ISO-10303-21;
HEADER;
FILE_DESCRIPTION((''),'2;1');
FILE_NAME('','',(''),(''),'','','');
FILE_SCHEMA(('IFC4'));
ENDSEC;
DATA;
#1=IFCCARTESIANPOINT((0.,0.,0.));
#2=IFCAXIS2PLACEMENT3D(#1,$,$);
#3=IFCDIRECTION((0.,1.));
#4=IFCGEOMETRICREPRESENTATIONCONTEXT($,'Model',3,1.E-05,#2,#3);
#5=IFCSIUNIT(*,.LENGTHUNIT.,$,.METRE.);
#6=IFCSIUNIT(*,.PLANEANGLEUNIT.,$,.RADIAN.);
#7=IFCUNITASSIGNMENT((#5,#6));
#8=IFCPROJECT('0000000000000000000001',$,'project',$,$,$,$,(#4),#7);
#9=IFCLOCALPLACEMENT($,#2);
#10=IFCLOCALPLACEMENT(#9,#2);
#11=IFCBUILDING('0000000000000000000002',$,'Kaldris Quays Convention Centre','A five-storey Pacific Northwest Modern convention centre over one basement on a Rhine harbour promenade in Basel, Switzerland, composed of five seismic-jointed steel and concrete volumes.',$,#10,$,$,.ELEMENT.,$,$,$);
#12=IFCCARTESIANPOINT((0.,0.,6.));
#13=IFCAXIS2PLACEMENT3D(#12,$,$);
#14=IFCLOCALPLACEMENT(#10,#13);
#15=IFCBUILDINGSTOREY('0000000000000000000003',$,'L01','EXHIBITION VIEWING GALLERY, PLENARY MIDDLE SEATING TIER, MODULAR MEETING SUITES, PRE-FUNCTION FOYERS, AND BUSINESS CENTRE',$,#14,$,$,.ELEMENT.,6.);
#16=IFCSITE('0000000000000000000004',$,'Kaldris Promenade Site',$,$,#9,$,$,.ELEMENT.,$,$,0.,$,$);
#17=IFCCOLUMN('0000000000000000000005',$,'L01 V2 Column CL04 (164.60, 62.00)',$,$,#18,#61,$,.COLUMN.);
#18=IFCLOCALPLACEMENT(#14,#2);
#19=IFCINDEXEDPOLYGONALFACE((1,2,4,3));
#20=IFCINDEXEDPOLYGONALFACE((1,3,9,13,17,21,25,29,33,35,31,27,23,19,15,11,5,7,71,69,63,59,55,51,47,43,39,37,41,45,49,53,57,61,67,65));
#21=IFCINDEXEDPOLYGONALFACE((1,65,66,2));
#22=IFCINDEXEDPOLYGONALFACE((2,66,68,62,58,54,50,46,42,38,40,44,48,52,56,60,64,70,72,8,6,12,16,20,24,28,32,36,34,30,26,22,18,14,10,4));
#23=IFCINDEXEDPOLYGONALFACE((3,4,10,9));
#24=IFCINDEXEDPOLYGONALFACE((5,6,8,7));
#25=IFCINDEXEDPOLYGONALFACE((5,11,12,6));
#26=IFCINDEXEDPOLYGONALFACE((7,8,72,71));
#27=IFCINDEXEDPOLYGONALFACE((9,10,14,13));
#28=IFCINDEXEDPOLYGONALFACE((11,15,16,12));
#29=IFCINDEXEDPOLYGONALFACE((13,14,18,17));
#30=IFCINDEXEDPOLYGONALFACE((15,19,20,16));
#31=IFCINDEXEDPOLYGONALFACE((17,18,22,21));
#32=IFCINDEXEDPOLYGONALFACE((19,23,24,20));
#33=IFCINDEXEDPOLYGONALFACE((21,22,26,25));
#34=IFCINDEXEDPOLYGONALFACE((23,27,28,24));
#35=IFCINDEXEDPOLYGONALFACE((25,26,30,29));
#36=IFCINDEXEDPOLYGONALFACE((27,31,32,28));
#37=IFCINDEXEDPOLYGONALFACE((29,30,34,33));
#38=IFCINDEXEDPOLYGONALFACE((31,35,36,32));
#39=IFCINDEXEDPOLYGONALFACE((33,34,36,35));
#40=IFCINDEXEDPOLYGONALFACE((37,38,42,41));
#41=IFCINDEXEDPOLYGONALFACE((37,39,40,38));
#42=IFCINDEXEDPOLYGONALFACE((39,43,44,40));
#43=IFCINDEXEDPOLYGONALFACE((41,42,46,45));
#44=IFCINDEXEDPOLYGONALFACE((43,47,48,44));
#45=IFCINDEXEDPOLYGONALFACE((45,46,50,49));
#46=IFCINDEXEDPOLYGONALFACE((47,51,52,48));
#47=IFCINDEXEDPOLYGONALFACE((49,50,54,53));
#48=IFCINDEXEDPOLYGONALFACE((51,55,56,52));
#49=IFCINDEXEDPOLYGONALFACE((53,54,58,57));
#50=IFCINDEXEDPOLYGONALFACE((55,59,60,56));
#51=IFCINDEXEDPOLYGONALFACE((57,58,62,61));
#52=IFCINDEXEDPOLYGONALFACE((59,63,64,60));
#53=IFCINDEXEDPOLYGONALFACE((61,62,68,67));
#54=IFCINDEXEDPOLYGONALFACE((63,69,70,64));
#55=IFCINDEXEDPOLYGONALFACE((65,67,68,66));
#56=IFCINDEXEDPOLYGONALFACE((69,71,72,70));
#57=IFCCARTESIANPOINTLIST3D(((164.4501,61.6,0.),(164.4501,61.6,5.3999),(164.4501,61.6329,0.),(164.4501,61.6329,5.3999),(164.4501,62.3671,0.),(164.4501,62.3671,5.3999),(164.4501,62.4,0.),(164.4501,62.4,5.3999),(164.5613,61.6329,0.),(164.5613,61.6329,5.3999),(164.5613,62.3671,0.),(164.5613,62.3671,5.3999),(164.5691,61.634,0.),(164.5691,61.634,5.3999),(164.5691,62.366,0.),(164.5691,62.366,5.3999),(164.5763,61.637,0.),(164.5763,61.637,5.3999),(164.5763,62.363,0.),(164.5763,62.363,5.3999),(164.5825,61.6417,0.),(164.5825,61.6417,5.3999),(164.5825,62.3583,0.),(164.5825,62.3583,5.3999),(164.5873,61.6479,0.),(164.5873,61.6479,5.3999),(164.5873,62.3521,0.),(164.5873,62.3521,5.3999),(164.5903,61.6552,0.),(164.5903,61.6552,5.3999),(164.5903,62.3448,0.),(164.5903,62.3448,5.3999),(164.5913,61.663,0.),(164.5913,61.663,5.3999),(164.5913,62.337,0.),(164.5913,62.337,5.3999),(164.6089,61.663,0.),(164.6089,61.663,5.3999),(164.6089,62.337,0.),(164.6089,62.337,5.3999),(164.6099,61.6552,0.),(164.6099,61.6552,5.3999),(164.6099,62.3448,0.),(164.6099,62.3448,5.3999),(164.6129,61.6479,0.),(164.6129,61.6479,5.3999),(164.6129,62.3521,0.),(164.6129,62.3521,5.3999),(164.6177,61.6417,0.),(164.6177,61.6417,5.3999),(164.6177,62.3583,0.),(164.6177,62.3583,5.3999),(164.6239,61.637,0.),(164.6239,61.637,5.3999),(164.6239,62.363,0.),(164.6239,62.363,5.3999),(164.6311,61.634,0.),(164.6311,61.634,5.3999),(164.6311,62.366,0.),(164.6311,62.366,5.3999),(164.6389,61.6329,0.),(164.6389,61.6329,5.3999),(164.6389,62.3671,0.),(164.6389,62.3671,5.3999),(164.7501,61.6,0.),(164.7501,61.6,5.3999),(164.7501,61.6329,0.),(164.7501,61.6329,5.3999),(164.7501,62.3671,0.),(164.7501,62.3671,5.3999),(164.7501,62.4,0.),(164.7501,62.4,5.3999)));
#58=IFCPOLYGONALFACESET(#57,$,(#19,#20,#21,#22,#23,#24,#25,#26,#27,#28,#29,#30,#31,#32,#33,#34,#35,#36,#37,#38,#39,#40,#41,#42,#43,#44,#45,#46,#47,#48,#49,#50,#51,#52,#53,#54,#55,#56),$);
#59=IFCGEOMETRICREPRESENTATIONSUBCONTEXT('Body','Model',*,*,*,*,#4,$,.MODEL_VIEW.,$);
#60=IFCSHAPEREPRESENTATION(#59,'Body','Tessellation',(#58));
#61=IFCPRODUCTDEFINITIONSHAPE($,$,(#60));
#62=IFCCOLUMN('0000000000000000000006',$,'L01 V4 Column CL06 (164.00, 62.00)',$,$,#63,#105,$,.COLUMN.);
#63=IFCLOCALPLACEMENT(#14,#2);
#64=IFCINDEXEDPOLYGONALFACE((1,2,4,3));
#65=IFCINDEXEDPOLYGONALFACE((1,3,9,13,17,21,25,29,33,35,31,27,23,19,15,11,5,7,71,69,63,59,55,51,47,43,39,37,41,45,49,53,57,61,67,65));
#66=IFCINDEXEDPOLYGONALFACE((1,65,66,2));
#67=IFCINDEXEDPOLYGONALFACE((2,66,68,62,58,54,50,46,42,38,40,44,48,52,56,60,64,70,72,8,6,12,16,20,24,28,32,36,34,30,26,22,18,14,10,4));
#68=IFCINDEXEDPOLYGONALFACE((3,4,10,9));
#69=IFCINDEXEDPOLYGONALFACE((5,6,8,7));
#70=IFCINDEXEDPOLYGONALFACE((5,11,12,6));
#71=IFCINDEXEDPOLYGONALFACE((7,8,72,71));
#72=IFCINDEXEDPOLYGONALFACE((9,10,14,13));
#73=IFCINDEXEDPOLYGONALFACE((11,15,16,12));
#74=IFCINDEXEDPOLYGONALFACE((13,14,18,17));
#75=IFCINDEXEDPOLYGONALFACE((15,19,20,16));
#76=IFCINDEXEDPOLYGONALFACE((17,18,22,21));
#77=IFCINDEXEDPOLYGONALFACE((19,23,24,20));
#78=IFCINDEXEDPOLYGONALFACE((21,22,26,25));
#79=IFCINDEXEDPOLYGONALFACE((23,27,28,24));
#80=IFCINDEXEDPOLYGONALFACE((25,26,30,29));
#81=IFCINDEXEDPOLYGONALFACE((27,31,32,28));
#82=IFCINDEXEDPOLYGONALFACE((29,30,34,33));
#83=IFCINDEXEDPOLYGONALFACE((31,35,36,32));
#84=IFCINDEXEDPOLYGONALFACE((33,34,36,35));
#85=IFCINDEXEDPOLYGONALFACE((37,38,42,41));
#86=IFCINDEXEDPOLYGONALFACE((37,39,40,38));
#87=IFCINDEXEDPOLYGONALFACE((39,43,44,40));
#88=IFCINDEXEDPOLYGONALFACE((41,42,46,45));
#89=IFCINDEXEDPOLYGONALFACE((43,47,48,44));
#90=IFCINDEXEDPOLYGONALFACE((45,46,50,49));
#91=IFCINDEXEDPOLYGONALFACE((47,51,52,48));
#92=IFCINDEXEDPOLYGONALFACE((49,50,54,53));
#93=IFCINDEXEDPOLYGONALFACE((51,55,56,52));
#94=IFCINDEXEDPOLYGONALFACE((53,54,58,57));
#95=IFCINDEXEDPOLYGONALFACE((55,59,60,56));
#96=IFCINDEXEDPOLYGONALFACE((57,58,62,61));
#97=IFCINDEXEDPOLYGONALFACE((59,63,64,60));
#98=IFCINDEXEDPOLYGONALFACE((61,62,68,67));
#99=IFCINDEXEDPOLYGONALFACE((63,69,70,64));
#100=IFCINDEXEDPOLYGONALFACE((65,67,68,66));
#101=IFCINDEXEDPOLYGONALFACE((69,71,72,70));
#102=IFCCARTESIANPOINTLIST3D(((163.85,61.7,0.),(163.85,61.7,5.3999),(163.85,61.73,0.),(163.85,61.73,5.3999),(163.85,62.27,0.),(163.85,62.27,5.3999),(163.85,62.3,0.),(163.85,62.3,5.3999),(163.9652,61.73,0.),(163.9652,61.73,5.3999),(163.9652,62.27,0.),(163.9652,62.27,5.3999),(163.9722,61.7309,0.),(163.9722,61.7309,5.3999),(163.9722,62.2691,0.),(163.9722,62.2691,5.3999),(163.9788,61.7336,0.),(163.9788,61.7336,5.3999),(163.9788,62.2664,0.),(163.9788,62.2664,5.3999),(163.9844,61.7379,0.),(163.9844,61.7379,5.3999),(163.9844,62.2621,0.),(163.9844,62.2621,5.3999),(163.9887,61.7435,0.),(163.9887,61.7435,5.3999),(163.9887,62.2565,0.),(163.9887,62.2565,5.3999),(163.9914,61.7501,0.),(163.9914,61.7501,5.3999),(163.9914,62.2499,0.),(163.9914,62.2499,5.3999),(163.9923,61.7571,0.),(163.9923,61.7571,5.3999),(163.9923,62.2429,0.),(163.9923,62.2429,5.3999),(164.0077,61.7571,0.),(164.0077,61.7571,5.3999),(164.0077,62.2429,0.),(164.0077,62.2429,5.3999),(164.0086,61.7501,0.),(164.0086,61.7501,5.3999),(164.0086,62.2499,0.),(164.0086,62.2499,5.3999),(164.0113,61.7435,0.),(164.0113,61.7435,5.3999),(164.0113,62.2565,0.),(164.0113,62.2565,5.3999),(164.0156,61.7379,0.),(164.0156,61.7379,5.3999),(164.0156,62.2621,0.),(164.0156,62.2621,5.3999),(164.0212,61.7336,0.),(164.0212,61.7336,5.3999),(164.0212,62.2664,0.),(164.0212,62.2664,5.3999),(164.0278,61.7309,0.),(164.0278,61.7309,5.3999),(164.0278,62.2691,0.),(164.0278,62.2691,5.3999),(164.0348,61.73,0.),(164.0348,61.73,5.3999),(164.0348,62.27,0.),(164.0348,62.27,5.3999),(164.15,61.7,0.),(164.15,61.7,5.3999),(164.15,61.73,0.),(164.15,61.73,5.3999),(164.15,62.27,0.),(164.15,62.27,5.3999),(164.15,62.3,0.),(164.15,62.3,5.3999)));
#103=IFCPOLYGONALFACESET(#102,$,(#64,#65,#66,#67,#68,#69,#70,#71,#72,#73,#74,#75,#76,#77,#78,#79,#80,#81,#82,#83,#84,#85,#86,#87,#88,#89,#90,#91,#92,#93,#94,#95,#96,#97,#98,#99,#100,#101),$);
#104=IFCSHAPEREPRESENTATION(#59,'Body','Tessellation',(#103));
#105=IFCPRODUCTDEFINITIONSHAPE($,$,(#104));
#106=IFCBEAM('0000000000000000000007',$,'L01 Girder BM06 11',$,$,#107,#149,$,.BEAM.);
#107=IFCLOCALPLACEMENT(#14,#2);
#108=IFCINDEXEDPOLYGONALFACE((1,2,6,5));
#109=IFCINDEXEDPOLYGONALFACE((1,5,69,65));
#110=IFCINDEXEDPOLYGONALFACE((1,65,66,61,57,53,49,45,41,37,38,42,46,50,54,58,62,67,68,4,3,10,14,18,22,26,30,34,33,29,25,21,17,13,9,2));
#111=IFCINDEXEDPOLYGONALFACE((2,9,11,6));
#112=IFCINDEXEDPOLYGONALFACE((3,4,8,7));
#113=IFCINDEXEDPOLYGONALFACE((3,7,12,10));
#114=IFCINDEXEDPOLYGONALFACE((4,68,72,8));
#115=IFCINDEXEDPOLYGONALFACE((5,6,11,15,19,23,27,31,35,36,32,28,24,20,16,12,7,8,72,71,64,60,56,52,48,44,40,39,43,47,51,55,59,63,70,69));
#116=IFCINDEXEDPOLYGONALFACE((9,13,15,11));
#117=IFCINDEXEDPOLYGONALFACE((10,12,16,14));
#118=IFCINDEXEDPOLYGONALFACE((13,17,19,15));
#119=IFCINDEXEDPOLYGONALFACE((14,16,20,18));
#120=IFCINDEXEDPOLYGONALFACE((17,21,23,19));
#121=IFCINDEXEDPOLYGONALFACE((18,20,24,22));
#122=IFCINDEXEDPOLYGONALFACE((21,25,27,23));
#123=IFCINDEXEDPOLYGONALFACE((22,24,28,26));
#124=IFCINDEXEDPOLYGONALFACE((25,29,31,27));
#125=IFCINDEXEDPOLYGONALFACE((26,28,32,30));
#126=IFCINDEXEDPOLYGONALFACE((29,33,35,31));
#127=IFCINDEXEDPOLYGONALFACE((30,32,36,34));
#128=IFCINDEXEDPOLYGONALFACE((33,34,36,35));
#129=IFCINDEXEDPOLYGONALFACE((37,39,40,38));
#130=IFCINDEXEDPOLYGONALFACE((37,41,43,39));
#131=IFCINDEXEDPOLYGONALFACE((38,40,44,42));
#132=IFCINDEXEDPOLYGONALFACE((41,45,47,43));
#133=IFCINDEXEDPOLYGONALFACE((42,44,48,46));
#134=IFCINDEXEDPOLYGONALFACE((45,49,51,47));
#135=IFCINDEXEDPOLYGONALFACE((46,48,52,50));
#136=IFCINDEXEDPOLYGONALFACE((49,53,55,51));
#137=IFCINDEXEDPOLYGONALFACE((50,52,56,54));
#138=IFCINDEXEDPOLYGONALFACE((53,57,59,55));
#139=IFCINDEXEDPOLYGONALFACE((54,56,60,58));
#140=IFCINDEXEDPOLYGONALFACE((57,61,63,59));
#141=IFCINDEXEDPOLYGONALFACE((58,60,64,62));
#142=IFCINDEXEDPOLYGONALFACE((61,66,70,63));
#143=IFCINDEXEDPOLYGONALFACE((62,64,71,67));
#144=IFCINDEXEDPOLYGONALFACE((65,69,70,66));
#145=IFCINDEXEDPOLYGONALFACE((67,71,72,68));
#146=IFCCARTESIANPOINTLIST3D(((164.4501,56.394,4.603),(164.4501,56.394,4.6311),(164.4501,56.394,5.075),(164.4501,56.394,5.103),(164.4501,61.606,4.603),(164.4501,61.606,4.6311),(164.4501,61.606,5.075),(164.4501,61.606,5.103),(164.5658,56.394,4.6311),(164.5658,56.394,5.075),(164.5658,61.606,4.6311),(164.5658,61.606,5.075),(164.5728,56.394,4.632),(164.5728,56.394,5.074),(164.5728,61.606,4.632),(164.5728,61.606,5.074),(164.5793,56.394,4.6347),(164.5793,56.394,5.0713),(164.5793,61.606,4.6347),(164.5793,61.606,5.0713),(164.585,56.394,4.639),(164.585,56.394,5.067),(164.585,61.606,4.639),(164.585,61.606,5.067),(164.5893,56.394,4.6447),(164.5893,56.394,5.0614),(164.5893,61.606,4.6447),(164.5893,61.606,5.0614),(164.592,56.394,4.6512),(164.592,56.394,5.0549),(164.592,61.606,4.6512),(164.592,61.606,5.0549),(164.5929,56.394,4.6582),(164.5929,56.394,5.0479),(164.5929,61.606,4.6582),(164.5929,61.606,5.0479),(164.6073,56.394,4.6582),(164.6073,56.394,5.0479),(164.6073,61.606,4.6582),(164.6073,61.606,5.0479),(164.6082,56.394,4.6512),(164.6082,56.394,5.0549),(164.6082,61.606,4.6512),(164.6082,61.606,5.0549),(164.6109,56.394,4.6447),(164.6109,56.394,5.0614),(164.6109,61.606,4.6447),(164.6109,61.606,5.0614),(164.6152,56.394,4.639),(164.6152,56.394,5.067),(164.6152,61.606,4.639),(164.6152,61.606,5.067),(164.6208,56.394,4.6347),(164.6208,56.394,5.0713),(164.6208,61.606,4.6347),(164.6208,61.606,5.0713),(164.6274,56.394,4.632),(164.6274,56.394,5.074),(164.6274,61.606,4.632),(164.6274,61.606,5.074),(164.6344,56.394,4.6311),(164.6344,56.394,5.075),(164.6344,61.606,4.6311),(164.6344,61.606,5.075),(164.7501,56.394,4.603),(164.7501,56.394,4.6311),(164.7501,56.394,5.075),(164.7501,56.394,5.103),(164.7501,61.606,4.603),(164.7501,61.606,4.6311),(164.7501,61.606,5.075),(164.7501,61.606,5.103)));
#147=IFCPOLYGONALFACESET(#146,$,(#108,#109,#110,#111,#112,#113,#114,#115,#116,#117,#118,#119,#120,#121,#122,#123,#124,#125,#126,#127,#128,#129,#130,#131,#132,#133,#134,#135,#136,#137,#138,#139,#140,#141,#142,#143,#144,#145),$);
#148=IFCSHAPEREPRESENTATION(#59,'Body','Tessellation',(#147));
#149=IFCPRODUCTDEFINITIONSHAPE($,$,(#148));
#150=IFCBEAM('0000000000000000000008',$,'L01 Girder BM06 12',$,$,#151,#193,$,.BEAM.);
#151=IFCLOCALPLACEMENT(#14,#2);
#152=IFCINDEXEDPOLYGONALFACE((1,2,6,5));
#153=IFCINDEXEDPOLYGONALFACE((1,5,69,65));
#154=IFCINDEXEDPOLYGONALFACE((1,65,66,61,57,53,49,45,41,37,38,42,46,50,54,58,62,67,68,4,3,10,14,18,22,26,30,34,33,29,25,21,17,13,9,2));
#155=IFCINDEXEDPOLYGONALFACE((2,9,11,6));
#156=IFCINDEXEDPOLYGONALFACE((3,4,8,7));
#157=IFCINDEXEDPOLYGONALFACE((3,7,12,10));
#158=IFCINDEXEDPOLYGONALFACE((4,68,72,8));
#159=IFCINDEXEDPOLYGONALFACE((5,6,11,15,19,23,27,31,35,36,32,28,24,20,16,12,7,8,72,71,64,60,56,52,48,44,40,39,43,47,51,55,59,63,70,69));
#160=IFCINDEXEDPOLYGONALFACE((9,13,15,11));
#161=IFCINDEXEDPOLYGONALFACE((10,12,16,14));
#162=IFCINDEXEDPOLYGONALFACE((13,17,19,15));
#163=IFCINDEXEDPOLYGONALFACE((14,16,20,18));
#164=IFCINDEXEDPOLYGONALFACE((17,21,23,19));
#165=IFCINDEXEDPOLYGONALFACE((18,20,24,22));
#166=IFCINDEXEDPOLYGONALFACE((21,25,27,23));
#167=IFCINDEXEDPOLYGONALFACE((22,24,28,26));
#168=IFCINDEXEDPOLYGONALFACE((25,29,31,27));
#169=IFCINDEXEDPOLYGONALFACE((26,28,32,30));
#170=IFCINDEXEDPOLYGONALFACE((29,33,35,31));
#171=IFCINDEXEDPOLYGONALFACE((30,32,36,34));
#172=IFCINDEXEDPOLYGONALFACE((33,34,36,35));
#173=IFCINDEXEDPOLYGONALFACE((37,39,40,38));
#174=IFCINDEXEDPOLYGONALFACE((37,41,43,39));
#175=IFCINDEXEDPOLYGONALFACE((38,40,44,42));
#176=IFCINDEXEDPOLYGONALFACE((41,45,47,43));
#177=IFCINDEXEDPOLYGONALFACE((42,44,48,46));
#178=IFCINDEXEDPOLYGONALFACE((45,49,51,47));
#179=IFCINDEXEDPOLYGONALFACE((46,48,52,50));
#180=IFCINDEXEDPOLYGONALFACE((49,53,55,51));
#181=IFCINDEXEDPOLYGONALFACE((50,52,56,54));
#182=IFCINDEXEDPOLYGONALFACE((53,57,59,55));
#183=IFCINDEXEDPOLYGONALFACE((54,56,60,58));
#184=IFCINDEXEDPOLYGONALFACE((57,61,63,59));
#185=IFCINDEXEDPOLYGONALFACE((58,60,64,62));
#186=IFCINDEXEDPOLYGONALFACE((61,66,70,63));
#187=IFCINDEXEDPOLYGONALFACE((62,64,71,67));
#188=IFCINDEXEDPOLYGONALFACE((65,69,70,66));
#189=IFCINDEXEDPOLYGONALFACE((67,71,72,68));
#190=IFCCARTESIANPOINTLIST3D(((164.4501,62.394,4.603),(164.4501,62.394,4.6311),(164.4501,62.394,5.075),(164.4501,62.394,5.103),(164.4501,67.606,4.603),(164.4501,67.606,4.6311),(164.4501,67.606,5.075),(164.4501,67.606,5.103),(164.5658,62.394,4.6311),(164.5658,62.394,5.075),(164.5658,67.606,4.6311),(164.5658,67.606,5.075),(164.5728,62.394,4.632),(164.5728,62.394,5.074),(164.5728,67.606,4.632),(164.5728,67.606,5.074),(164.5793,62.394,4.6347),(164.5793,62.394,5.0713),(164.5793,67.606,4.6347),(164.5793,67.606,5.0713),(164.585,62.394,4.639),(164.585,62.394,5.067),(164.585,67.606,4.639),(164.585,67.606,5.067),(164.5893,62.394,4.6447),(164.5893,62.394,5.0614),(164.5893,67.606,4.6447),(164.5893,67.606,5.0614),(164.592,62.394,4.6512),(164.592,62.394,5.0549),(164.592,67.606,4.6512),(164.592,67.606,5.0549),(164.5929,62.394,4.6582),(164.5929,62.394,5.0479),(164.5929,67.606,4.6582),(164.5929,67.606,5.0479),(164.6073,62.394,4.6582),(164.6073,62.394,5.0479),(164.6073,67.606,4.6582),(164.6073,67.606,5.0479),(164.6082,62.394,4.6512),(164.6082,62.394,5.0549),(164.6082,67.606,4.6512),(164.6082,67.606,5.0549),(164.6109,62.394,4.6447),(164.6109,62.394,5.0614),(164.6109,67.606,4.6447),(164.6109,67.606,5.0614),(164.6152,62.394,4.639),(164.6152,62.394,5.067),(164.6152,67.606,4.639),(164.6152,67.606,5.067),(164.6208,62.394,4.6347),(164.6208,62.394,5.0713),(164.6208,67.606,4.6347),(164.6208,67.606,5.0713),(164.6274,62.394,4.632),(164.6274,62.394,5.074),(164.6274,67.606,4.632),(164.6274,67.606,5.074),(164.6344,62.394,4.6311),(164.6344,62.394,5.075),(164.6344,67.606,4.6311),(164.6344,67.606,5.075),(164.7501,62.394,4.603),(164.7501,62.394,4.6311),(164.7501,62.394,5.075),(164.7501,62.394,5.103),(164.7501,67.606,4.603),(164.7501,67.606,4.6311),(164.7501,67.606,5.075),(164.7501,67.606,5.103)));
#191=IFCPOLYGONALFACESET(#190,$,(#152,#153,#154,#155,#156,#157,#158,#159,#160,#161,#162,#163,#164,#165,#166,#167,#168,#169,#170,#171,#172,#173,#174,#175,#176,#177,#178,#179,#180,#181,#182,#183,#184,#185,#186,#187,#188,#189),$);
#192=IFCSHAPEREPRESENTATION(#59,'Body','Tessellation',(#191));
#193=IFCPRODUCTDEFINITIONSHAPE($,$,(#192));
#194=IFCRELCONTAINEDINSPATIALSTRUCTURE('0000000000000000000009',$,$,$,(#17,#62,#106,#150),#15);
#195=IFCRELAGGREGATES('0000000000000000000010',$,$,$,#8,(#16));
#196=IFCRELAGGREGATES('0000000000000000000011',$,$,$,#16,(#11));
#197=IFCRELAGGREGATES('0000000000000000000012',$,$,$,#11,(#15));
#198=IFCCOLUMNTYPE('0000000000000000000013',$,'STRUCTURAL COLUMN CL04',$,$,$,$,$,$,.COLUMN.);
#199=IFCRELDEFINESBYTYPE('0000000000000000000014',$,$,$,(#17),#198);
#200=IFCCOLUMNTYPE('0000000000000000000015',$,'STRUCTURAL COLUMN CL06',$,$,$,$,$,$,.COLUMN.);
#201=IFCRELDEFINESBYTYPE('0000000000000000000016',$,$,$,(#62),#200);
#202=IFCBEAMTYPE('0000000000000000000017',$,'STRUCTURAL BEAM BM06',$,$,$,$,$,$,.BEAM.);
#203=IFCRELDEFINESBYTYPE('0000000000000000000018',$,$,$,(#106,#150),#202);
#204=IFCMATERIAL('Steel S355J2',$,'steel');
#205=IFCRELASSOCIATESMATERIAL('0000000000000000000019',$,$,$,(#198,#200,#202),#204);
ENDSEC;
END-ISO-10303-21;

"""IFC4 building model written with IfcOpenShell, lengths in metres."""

from ifc_helpers import new_model, si_unit, direction, frame, origin, origin_2d, place, context, subcontext, project, spatial, i_section, extrude, material, material_profile, profile_set, type_object, element, save


model = new_model("IFC4")

# Units and contexts
model_context = context("Model", 3, precision=1e-05, world=origin(), true_north=direction((0.0, 1.0)))
body_context = subcontext(model_context, "Body", "Model", "MODEL_VIEW")
ifc_project = project(units=[si_unit("LENGTHUNIT", "METRE"), si_unit("PLANEANGLEUNIT", "RADIAN")], contexts=[model_context])

# Site, building, storey
site_placement = place(None, origin())
site = spatial("IfcSite", under=ifc_project, at=site_placement, Name="Kaldris Promenade Site", CompositionType="ELEMENT", RefElevation=0.0)
building_placement = place(site_placement, origin())
building = spatial("IfcBuilding", under=site, at=building_placement, Name="Kaldris Quays Convention Centre", Description="A five-storey Pacific Northwest Modern convention centre over one basement on a Rhine harbour promenade in Basel, Switzerland, composed of five seismic-jointed steel and concrete volumes.", CompositionType="ELEMENT")
storey_placement = place(building_placement, frame((0.0, 0.0, 6.0)))
storey = spatial("IfcBuildingStorey", under=building, at=storey_placement, Name="L01", Description="EXHIBITION VIEWING GALLERY, PLENARY MIDDLE SEATING TIER, MODULAR MEETING SUITES, PRE-FUNCTION FOYERS, AND BUSINESS CENTRE", CompositionType="ELEMENT", Elevation=6.0)

# Columns
ifc_material_1 = material(Name="Steel S355J2", Category="steel")
ifc_material_profile_1 = material_profile(ifc_material_1, i_section(OverallWidth=0.3, OverallDepth=0.8, WebThickness=0.0176, FlangeThickness=0.033, FilletRadius=0.03, at=origin_2d()), Name="HEB 800")
ifc_profile_set_1 = profile_set([ifc_material_profile_1], Name="Steel S355J2")
column_type_1 = type_object("IfcColumnType", Name="STRUCTURAL COLUMN CL04", PredefinedType="COLUMN", material=ifc_profile_set_1)
column_1_placement = place(storey_placement, frame((164.6001, 62.0, 0.0), z_axis=(0.0, 0.0, 1.0), x_axis=(1.0, 0.0, 0.0)))
element("IfcColumn", 1, at=column_1_placement, inside=storey, type_object=column_type_1, Name="L01 V2 Column CL04 (164.60, 62.00)", PredefinedType="COLUMN", context=body_context, shape_type="SweptSolid", body=[
    extrude(i_section(OverallWidth=0.3, OverallDepth=0.8, WebThickness=0.0176, FlangeThickness=0.033, FilletRadius=0.03, at=origin_2d()), origin(), (0.0, 0.0, 1.0), 5.3999),
])
ifc_material_profile_2 = material_profile(ifc_material_1, i_section(OverallWidth=0.3, OverallDepth=0.6001, WebThickness=0.0154, FlangeThickness=0.03, FilletRadius=0.0271, at=origin_2d()), Name="HEB 600")
ifc_profile_set_2 = profile_set([ifc_material_profile_2], Name="Steel S355J2")
column_type_2 = type_object("IfcColumnType", Name="STRUCTURAL COLUMN CL06", PredefinedType="COLUMN", material=ifc_profile_set_2)
column_2_placement = place(storey_placement, frame((164.0, 62.0, 0.0), z_axis=(0.0, 0.0, 1.0), x_axis=(1.0, 0.0, 0.0)))
element("IfcColumn", 2, at=column_2_placement, inside=storey, type_object=column_type_2, Name="L01 V4 Column CL06 (164.00, 62.00)", PredefinedType="COLUMN", context=body_context, shape_type="SweptSolid", body=[
    extrude(i_section(OverallWidth=0.3, OverallDepth=0.6001, WebThickness=0.0154, FlangeThickness=0.03, FilletRadius=0.0271, at=origin_2d()), origin(), (0.0, 0.0, 1.0), 5.3999),
])

# Beams
ifc_material_profile_3 = material_profile(ifc_material_1, i_section(OverallWidth=0.3, OverallDepth=0.5, WebThickness=0.0144, FlangeThickness=0.0281, FilletRadius=0.0271, at=origin_2d()), Name="HEB 500")
ifc_profile_set_3 = profile_set([ifc_material_profile_3], Name="Steel S355J2")
beam_type_1 = type_object("IfcBeamType", Name="STRUCTURAL BEAM BM06", PredefinedType="BEAM", material=ifc_profile_set_3)
for number, where, z_axis, x_axis, name in (
    (3, (164.6001, 56.394, 4.853), (0.0, 1.0, 0.0), (-1.0, 0.0, 0.0), "L01 Girder BM06 11"),
    (4, (164.6001, 62.394, 4.853), (0.0, 1.0, 0.0), (-1.0, 0.0, 0.0), "L01 Girder BM06 12"),
):
    element("IfcBeam", number, at=place(storey_placement, frame(where, z_axis=z_axis, x_axis=x_axis)), inside=storey, type_object=beam_type_1, Name=name, PredefinedType="BEAM", context=body_context, shape_type="SweptSolid", body=[
        extrude(i_section(OverallWidth=0.3, OverallDepth=0.5, WebThickness=0.0144, FlangeThickness=0.0281, FilletRadius=0.0271, at=origin_2d()), origin(), (0.0, 0.0, 1.0), 5.2119),
    ])

save(model, "model.ifc")
